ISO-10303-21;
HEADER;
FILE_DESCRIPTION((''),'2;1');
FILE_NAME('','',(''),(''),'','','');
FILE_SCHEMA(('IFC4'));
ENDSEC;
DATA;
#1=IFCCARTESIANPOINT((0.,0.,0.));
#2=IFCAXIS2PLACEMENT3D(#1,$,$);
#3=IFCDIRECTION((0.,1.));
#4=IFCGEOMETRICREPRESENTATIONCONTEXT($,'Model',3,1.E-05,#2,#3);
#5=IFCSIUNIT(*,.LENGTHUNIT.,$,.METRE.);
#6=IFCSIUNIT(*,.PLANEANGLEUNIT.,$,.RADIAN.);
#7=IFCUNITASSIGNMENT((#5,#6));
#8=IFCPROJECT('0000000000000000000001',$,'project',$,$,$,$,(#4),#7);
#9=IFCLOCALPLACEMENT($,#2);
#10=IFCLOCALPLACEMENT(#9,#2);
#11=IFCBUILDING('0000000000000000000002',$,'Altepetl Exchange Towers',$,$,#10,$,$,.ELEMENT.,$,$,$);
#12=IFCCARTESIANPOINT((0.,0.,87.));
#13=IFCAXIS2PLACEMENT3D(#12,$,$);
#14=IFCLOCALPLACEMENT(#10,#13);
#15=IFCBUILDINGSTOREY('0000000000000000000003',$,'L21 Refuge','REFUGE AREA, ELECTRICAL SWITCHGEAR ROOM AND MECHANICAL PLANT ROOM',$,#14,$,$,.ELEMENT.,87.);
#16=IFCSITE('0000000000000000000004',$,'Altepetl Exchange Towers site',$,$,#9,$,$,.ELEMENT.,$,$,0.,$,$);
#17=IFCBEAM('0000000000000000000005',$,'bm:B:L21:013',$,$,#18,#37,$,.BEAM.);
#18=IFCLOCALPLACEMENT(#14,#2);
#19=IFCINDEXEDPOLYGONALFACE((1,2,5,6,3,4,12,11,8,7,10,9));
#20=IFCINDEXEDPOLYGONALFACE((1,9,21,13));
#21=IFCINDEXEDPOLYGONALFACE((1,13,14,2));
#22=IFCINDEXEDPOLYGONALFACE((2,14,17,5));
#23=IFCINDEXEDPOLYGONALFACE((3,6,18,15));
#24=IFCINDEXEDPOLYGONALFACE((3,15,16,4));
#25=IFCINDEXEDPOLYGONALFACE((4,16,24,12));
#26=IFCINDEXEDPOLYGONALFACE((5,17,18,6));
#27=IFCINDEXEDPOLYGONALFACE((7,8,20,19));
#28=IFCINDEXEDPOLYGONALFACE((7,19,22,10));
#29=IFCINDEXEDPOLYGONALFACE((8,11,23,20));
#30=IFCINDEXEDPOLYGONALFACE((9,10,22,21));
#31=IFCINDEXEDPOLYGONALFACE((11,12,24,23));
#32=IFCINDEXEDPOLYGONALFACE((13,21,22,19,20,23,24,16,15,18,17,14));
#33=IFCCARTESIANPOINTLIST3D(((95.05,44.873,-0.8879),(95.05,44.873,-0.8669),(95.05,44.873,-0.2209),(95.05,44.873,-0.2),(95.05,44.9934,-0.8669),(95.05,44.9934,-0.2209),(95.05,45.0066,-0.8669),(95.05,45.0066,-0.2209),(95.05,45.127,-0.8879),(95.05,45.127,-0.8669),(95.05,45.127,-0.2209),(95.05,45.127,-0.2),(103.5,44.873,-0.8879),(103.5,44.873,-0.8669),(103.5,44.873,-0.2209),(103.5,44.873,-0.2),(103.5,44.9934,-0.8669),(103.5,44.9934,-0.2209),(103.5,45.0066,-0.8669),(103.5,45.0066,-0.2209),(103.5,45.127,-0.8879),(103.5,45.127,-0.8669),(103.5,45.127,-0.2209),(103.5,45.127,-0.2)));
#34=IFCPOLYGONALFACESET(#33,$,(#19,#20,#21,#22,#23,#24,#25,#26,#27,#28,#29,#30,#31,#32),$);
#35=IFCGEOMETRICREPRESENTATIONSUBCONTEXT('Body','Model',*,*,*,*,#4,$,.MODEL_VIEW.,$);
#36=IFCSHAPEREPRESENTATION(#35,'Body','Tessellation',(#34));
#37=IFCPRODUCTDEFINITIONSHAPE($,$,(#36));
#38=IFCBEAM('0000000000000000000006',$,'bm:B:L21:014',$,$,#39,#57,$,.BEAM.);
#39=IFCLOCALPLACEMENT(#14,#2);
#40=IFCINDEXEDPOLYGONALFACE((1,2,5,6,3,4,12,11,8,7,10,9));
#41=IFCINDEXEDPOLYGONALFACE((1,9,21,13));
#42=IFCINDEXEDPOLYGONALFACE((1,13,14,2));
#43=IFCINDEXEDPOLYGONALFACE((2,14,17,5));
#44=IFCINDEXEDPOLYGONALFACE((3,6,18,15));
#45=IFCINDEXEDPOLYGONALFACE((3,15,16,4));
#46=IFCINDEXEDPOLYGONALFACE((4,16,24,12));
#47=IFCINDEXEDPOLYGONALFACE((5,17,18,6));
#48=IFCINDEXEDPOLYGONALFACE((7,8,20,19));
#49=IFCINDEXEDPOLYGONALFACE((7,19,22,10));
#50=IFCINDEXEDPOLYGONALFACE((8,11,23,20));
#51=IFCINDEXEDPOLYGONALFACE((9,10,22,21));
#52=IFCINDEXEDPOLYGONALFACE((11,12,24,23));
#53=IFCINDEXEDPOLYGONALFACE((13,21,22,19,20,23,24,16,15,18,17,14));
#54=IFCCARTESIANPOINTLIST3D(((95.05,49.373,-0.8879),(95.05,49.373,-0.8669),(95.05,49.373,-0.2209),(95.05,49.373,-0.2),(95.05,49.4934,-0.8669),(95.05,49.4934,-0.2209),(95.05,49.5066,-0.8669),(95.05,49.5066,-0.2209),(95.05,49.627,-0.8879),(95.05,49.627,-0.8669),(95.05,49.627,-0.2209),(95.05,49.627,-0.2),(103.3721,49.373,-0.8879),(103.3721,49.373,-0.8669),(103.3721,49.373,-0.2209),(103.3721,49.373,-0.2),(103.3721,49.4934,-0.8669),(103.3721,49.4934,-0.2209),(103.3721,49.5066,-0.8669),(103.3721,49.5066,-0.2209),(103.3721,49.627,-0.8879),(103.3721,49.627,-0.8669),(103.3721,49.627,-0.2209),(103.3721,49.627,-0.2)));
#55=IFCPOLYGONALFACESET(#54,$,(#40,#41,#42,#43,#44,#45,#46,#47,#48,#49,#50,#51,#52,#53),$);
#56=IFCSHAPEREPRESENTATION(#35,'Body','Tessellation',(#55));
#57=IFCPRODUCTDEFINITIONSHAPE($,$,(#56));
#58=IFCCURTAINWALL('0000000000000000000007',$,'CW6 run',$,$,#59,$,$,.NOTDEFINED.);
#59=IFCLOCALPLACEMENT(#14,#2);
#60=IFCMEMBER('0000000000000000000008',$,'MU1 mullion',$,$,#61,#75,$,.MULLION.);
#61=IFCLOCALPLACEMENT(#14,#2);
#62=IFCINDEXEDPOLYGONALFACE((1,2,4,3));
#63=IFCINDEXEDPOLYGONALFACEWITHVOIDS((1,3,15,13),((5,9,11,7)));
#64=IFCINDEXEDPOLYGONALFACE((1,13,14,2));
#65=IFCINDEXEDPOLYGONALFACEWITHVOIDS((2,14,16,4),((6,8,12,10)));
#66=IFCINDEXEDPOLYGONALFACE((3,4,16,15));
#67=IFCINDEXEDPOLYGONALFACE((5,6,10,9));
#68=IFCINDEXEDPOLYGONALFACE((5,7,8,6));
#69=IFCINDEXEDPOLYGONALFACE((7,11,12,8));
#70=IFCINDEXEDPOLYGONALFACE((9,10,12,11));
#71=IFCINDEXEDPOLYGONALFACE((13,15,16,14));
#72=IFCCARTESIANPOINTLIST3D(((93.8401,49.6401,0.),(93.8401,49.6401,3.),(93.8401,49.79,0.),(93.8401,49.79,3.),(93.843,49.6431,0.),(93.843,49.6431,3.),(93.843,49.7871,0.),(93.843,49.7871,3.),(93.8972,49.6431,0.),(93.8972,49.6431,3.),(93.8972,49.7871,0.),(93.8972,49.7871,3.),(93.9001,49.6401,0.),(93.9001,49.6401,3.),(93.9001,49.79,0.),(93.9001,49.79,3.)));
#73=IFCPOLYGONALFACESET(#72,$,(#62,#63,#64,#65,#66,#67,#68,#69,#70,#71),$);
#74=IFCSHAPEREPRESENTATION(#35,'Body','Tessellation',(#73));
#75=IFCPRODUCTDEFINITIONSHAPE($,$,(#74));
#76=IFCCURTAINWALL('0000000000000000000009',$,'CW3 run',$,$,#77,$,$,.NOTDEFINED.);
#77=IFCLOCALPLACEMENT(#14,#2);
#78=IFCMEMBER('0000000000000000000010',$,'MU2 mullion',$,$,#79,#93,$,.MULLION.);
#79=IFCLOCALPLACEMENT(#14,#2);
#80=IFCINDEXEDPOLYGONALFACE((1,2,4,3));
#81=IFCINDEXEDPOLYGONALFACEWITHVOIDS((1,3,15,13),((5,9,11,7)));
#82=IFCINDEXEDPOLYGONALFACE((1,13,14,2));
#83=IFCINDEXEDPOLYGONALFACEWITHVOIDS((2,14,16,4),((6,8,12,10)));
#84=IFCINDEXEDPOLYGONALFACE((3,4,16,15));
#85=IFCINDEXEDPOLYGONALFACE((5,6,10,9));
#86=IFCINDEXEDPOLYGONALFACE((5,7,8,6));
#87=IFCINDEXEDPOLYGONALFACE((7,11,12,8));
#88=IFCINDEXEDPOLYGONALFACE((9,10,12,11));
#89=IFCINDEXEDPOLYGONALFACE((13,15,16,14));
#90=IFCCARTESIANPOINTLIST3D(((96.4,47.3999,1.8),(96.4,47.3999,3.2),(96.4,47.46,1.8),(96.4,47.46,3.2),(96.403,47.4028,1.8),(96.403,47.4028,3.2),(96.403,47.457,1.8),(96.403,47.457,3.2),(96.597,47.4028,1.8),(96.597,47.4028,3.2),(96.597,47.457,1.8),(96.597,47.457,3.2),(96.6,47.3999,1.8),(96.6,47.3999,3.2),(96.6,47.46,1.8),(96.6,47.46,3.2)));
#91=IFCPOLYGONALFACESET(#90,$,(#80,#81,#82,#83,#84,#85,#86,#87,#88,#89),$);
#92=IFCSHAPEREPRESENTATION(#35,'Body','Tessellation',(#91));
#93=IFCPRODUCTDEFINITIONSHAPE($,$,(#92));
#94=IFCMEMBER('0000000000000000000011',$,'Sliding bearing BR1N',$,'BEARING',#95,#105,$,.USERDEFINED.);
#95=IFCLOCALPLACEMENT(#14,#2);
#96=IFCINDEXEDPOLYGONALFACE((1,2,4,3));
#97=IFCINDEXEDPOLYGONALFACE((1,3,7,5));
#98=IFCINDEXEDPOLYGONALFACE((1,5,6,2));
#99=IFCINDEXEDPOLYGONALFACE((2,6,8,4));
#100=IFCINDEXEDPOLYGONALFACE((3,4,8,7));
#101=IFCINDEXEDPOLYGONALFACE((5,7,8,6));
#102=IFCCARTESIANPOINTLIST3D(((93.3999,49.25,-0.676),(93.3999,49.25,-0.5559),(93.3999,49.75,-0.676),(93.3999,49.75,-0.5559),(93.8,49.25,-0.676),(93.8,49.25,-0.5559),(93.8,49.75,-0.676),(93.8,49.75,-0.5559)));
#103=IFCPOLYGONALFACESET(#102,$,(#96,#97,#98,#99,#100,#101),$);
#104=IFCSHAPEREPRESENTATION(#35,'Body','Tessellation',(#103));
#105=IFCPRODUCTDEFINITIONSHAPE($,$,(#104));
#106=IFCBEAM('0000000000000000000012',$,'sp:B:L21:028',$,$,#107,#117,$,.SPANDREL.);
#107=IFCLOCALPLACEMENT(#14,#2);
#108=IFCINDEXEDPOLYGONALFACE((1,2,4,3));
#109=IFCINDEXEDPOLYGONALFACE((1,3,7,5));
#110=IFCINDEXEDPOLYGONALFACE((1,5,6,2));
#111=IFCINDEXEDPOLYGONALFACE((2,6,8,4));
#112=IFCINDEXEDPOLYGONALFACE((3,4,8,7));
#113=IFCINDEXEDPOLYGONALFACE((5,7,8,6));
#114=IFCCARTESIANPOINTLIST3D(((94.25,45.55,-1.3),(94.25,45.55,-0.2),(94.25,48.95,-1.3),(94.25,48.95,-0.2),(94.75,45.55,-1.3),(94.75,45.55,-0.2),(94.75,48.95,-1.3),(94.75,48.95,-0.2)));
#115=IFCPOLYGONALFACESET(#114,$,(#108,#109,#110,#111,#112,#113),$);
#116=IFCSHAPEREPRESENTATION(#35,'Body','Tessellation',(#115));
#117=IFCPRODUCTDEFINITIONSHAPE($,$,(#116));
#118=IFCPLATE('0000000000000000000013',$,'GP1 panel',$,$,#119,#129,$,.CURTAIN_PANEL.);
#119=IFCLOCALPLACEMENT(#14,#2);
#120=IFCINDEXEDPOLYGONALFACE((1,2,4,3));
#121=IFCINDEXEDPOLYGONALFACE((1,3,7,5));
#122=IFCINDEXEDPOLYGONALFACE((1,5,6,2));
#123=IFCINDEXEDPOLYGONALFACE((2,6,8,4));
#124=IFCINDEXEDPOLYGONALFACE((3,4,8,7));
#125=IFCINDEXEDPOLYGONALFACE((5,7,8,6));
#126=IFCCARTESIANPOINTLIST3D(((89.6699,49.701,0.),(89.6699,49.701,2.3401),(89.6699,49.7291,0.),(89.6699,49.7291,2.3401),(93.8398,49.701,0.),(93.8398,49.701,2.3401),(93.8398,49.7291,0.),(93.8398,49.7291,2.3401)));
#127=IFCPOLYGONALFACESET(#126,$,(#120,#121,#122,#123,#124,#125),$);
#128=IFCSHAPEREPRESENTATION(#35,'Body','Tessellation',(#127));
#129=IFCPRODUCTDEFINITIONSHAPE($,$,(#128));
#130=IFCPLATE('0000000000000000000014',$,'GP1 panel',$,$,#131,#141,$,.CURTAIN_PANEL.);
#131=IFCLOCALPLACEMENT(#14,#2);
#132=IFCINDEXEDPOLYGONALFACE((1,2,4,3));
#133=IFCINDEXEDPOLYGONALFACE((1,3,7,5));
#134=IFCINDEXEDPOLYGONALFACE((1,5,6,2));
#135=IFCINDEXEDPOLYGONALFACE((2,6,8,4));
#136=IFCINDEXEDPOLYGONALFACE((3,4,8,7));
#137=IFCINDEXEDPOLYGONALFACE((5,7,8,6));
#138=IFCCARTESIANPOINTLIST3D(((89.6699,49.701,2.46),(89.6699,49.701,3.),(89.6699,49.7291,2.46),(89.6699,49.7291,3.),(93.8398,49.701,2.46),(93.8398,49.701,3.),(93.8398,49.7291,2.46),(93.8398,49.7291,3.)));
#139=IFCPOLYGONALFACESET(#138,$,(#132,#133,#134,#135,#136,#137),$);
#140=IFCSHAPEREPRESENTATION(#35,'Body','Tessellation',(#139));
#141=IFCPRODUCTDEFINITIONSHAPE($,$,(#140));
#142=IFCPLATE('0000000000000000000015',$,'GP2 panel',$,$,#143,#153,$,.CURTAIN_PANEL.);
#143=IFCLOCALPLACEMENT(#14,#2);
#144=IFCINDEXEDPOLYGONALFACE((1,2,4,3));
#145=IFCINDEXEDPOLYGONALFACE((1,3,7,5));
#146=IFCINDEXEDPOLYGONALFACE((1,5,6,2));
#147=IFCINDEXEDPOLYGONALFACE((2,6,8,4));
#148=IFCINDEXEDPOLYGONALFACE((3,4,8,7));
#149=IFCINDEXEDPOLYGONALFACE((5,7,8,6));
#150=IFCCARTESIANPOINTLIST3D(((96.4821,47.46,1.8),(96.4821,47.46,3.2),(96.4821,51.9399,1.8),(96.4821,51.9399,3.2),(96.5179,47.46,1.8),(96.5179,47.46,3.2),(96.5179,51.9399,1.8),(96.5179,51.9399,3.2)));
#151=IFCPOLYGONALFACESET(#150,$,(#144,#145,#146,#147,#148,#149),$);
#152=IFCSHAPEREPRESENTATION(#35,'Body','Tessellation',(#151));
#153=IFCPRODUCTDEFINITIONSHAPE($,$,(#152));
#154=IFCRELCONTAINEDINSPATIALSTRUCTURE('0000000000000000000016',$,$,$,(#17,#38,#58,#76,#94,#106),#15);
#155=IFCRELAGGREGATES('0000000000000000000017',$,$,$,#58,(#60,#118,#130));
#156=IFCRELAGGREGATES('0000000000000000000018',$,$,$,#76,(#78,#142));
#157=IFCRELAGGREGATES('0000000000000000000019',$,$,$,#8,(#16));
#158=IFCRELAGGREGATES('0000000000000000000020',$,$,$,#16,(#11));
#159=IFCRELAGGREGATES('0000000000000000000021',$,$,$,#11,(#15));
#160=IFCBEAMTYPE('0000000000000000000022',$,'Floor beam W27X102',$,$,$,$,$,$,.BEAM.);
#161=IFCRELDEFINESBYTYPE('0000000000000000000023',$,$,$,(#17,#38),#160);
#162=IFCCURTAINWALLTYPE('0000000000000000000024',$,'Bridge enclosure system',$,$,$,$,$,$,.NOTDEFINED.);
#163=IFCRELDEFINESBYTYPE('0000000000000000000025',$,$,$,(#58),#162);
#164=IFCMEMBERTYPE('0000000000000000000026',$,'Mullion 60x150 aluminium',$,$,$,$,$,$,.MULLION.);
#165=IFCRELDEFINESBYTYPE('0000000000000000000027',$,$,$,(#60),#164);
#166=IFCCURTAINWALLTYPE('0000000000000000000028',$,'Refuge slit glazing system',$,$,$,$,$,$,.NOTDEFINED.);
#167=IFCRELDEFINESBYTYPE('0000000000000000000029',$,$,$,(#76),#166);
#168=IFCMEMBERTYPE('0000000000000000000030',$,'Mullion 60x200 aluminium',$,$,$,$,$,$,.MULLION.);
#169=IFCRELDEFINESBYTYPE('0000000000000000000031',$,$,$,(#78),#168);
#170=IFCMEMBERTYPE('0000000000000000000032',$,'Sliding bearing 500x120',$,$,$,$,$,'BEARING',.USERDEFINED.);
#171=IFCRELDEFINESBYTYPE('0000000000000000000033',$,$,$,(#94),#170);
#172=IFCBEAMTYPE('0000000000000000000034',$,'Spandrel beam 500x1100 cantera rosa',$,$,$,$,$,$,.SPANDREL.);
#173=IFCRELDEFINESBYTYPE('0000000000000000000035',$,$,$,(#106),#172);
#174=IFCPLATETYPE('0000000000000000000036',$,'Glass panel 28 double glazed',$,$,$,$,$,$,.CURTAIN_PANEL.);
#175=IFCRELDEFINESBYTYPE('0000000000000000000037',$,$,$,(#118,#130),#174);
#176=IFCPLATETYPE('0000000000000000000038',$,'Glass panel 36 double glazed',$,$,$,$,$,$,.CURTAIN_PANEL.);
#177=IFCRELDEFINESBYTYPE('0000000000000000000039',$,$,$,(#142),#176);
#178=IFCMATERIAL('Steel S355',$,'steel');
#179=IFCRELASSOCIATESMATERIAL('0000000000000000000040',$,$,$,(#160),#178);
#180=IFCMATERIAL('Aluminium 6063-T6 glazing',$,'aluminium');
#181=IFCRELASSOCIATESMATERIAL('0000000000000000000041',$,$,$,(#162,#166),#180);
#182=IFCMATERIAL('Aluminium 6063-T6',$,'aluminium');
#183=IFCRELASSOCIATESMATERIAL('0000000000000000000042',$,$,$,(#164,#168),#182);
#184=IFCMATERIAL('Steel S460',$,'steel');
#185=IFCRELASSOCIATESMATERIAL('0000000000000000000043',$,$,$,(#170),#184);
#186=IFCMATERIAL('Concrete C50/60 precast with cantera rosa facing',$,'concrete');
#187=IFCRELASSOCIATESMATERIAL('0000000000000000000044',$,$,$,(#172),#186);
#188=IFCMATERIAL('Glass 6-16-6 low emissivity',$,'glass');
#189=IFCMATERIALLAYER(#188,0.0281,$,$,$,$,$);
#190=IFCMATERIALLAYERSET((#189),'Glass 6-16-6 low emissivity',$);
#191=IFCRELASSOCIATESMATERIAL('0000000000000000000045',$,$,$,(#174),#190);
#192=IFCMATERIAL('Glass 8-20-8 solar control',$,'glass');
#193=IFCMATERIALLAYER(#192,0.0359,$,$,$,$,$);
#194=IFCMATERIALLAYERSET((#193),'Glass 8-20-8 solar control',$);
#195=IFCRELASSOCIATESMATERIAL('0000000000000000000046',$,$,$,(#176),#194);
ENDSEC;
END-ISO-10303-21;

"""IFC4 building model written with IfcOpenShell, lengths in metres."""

from ifc_helpers import new_model, si_unit, direction, frame, origin, origin_2d, place, context, subcontext, project, spatial, rectangle, hollow_rectangle, i_section, extrude, material, layer, layer_set, material_profile, profile_set, type_object, element, aggregate, save


model = new_model("IFC4")

# Units and contexts
model_context = context("Model", 3, precision=1e-05, world=origin(), true_north=direction((0.0, 1.0)))
body_context = subcontext(model_context, "Body", "Model", "MODEL_VIEW")
ifc_project = project(units=[si_unit("LENGTHUNIT", "METRE"), si_unit("PLANEANGLEUNIT", "RADIAN")], contexts=[model_context])

# Site, building, storey
site_placement = place(None, origin())
site = spatial("IfcSite", under=ifc_project, at=site_placement, Name="Altepetl Exchange Towers site", CompositionType="ELEMENT", RefElevation=0.0)
building_placement = place(site_placement, origin())
building = spatial("IfcBuilding", under=site, at=building_placement, Name="Altepetl Exchange Towers", CompositionType="ELEMENT")
storey_placement = place(building_placement, frame((0.0, 0.0, 87.0)))
storey = spatial("IfcBuildingStorey", under=building, at=storey_placement, Name="L21 Refuge", Description="REFUGE AREA, ELECTRICAL SWITCHGEAR ROOM AND MECHANICAL PLANT ROOM", CompositionType="ELEMENT", Elevation=87.0)

# Shared definitions
ifc_material_1 = material(Name="Steel S355", Category="steel")

# Beams
ifc_material_profile_1 = material_profile(ifc_material_1, i_section(OverallWidth=0.2539, OverallDepth=0.688, WebThickness=0.0132, FlangeThickness=0.021, at=origin_2d()), Name="W27X102")
ifc_profile_set_1 = profile_set([ifc_material_profile_1], Name="Steel S355")
beam_type_1 = type_object("IfcBeamType", Name="Floor beam W27X102", PredefinedType="BEAM", material=ifc_profile_set_1)
beam_1_placement = place(storey_placement, frame((95.05, 45.0, -0.5439), z_axis=(1.0, 0.0, 0.0), x_axis=(0.0, 1.0, 0.0)))
element("IfcBeam", 1, at=beam_1_placement, inside=storey, type_object=beam_type_1, Name="bm:B:L21:013", PredefinedType="BEAM", context=body_context, shape_type="SweptSolid", body=[
    extrude(i_section(OverallWidth=0.2539, OverallDepth=0.688, WebThickness=0.0132, FlangeThickness=0.021, at=origin_2d()), origin(), (0.0, 0.0, 1.0), 8.45),
])
beam_2_placement = place(storey_placement, frame((95.05, 49.5, -0.5439), z_axis=(1.0, 0.0, 0.0), x_axis=(0.0, 1.0, 0.0)))
element("IfcBeam", 2, at=beam_2_placement, inside=storey, type_object=beam_type_1, Name="bm:B:L21:014", PredefinedType="BEAM", context=body_context, shape_type="SweptSolid", body=[
    extrude(i_section(OverallWidth=0.2539, OverallDepth=0.688, WebThickness=0.0132, FlangeThickness=0.021, at=origin_2d()), origin(), (0.0, 0.0, 1.0), 8.322),
])

# Curtain walls, members
ifc_material_2 = material(Name="Aluminium 6063-T6 glazing", Category="aluminium")
curtain_wall_type_1 = type_object("IfcCurtainWallType", Name="Bridge enclosure system", PredefinedType="NOTDEFINED", material=ifc_material_2)
curtain_wall_1_placement = place(storey_placement, origin())
curtain_wall_1 = element("IfcCurtainWall", 3, at=curtain_wall_1_placement, inside=storey, type_object=curtain_wall_type_1, Name="CW6 run", PredefinedType="NOTDEFINED")
ifc_material_3 = material(Name="Aluminium 6063-T6", Category="aluminium")
ifc_material_profile_2 = material_profile(ifc_material_3, hollow_rectangle(XDim=0.0601, YDim=0.1499, WallThickness=0.0029, at=origin_2d()), Name="Mullion 60x150 aluminium")
ifc_profile_set_2 = profile_set([ifc_material_profile_2], Name="Aluminium 6063-T6")
member_type_1 = type_object("IfcMemberType", Name="Mullion 60x150 aluminium", PredefinedType="MULLION", material=ifc_profile_set_2)
member_1_placement = place(storey_placement, frame((93.8701, 49.7151, 0.0)))
member_1 = element("IfcMember", 4, at=member_1_placement, type_object=member_type_1, Name="MU1 mullion", PredefinedType="MULLION", context=body_context, shape_type="SweptSolid", body=[
    extrude(hollow_rectangle(XDim=0.0601, YDim=0.1499, WallThickness=0.0029, at=origin_2d()), origin(), (0.0, 0.0, 1.0), 3.0),
])
curtain_wall_type_2 = type_object("IfcCurtainWallType", Name="Refuge slit glazing system", PredefinedType="NOTDEFINED", material=ifc_material_2)
curtain_wall_2_placement = place(storey_placement, origin())
curtain_wall_2 = element("IfcCurtainWall", 5, at=curtain_wall_2_placement, inside=storey, type_object=curtain_wall_type_2, Name="CW3 run", PredefinedType="NOTDEFINED")
ifc_material_profile_3 = material_profile(ifc_material_3, hollow_rectangle(XDim=0.0601, YDim=0.2, WallThickness=0.0029, at=origin_2d()), Name="Mullion 60x200 aluminium")
ifc_profile_set_3 = profile_set([ifc_material_profile_3], Name="Aluminium 6063-T6")
member_type_2 = type_object("IfcMemberType", Name="Mullion 60x200 aluminium", PredefinedType="MULLION", material=ifc_profile_set_3)
member_2_placement = place(storey_placement, frame((96.5, 47.4299, 1.8), z_axis=(0.0, 0.0, 1.0), x_axis=(0.0, -1.0, 0.0)))
member_2 = element("IfcMember", 6, at=member_2_placement, type_object=member_type_2, Name="MU2 mullion", PredefinedType="MULLION", context=body_context, shape_type="SweptSolid", body=[
    extrude(hollow_rectangle(XDim=0.0601, YDim=0.2, WallThickness=0.0029, at=origin_2d()), origin(), (0.0, 0.0, 1.0), 1.3999),
])

# Member
ifc_material_4 = material(Name="Steel S460", Category="steel")
ifc_material_profile_4 = material_profile(ifc_material_4, rectangle(XDim=0.5, YDim=0.1201, at=origin_2d()), Name="500 x 120")
ifc_profile_set_4 = profile_set([ifc_material_profile_4], Name="Steel S460")
member_type_3 = type_object("IfcMemberType", Name="Sliding bearing 500x120", ElementType="BEARING", PredefinedType="USERDEFINED", material=ifc_profile_set_4)
member_3_placement = place(storey_placement, frame((93.3999, 49.5, -0.616), z_axis=(1.0, 0.0, 0.0), x_axis=(0.0, 1.0, 0.0)))
element("IfcMember", 7, at=member_3_placement, inside=storey, type_object=member_type_3, Name="Sliding bearing BR1N", ObjectType="BEARING", PredefinedType="USERDEFINED", context=body_context, shape_type="SweptSolid", body=[
    extrude(rectangle(XDim=0.5, YDim=0.1201, at=origin_2d()), origin(), (0.0, 0.0, 1.0), 0.4001),
])

# Beam
ifc_material_5 = material(Name="Concrete C50/60 precast with cantera rosa facing", Category="concrete")
ifc_material_profile_5 = material_profile(ifc_material_5, rectangle(XDim=0.5, YDim=1.1001, at=origin_2d()), Name="500 x 1100")
ifc_profile_set_5 = profile_set([ifc_material_profile_5], Name="Concrete C50/60 precast with cantera rosa facing")
beam_type_2 = type_object("IfcBeamType", Name="Spandrel beam 500x1100 cantera rosa", PredefinedType="SPANDREL", material=ifc_profile_set_5)
beam_3_placement = place(storey_placement, frame((94.5, 48.95, -0.75), z_axis=(0.0, -1.0, 0.0), x_axis=(1.0, 0.0, 0.0)))
element("IfcBeam", 8, at=beam_3_placement, inside=storey, type_object=beam_type_2, Name="sp:B:L21:028", PredefinedType="SPANDREL", context=body_context, shape_type="SweptSolid", body=[
    extrude(rectangle(XDim=0.5, YDim=1.1001, at=origin_2d()), origin(), (0.0, 0.0, 1.0), 3.3999),
])

# Plates
ifc_material_6 = material(Name="Glass 6-16-6 low emissivity", Category="glass")
ifc_layer_1 = layer(ifc_material_6, 0.0281)
ifc_layer_set_1 = layer_set([ifc_layer_1], Name="Glass 6-16-6 low emissivity")
plate_type_1 = type_object("IfcPlateType", Name="Glass panel 28 double glazed", PredefinedType="CURTAIN_PANEL", material=ifc_layer_set_1)
plate_1_placement = place(storey_placement, frame((91.7549, 49.7151, 0.0)))
plate_1 = element("IfcPlate", 9, at=plate_1_placement, type_object=plate_type_1, Name="GP1 panel", PredefinedType="CURTAIN_PANEL", context=body_context, shape_type="SweptSolid", body=[
    extrude(rectangle(XDim=4.1699, YDim=0.0281, at=origin_2d()), origin(), (0.0, 0.0, 1.0), 2.3401),
])
plate_2_placement = place(storey_placement, frame((91.7549, 49.7151, 2.46)))
plate_2 = element("IfcPlate", 10, at=plate_2_placement, type_object=plate_type_1, Name="GP1 panel", PredefinedType="CURTAIN_PANEL", context=body_context, shape_type="SweptSolid", body=[
    extrude(rectangle(XDim=4.1699, YDim=0.0281, at=origin_2d()), origin(), (0.0, 0.0, 1.0), 0.54),
])
aggregate(curtain_wall_1, [member_1, plate_1, plate_2])
ifc_material_7 = material(Name="Glass 8-20-8 solar control", Category="glass")
ifc_layer_2 = layer(ifc_material_7, 0.0359)
ifc_layer_set_2 = layer_set([ifc_layer_2], Name="Glass 8-20-8 solar control")
plate_type_2 = type_object("IfcPlateType", Name="Glass panel 36 double glazed", PredefinedType="CURTAIN_PANEL", material=ifc_layer_set_2)
plate_3_placement = place(storey_placement, frame((96.5, 49.7, 1.8), z_axis=(0.0, 0.0, 1.0), x_axis=(0.0, -1.0, 0.0)))
plate_3 = element("IfcPlate", 11, at=plate_3_placement, type_object=plate_type_2, Name="GP2 panel", PredefinedType="CURTAIN_PANEL", context=body_context, shape_type="SweptSolid", body=[
    extrude(rectangle(XDim=4.48, YDim=0.0359, at=origin_2d()), origin(), (0.0, 0.0, 1.0), 1.3999),
])
aggregate(curtain_wall_2, [member_2, plate_3])

save(model, "model.ifc")
